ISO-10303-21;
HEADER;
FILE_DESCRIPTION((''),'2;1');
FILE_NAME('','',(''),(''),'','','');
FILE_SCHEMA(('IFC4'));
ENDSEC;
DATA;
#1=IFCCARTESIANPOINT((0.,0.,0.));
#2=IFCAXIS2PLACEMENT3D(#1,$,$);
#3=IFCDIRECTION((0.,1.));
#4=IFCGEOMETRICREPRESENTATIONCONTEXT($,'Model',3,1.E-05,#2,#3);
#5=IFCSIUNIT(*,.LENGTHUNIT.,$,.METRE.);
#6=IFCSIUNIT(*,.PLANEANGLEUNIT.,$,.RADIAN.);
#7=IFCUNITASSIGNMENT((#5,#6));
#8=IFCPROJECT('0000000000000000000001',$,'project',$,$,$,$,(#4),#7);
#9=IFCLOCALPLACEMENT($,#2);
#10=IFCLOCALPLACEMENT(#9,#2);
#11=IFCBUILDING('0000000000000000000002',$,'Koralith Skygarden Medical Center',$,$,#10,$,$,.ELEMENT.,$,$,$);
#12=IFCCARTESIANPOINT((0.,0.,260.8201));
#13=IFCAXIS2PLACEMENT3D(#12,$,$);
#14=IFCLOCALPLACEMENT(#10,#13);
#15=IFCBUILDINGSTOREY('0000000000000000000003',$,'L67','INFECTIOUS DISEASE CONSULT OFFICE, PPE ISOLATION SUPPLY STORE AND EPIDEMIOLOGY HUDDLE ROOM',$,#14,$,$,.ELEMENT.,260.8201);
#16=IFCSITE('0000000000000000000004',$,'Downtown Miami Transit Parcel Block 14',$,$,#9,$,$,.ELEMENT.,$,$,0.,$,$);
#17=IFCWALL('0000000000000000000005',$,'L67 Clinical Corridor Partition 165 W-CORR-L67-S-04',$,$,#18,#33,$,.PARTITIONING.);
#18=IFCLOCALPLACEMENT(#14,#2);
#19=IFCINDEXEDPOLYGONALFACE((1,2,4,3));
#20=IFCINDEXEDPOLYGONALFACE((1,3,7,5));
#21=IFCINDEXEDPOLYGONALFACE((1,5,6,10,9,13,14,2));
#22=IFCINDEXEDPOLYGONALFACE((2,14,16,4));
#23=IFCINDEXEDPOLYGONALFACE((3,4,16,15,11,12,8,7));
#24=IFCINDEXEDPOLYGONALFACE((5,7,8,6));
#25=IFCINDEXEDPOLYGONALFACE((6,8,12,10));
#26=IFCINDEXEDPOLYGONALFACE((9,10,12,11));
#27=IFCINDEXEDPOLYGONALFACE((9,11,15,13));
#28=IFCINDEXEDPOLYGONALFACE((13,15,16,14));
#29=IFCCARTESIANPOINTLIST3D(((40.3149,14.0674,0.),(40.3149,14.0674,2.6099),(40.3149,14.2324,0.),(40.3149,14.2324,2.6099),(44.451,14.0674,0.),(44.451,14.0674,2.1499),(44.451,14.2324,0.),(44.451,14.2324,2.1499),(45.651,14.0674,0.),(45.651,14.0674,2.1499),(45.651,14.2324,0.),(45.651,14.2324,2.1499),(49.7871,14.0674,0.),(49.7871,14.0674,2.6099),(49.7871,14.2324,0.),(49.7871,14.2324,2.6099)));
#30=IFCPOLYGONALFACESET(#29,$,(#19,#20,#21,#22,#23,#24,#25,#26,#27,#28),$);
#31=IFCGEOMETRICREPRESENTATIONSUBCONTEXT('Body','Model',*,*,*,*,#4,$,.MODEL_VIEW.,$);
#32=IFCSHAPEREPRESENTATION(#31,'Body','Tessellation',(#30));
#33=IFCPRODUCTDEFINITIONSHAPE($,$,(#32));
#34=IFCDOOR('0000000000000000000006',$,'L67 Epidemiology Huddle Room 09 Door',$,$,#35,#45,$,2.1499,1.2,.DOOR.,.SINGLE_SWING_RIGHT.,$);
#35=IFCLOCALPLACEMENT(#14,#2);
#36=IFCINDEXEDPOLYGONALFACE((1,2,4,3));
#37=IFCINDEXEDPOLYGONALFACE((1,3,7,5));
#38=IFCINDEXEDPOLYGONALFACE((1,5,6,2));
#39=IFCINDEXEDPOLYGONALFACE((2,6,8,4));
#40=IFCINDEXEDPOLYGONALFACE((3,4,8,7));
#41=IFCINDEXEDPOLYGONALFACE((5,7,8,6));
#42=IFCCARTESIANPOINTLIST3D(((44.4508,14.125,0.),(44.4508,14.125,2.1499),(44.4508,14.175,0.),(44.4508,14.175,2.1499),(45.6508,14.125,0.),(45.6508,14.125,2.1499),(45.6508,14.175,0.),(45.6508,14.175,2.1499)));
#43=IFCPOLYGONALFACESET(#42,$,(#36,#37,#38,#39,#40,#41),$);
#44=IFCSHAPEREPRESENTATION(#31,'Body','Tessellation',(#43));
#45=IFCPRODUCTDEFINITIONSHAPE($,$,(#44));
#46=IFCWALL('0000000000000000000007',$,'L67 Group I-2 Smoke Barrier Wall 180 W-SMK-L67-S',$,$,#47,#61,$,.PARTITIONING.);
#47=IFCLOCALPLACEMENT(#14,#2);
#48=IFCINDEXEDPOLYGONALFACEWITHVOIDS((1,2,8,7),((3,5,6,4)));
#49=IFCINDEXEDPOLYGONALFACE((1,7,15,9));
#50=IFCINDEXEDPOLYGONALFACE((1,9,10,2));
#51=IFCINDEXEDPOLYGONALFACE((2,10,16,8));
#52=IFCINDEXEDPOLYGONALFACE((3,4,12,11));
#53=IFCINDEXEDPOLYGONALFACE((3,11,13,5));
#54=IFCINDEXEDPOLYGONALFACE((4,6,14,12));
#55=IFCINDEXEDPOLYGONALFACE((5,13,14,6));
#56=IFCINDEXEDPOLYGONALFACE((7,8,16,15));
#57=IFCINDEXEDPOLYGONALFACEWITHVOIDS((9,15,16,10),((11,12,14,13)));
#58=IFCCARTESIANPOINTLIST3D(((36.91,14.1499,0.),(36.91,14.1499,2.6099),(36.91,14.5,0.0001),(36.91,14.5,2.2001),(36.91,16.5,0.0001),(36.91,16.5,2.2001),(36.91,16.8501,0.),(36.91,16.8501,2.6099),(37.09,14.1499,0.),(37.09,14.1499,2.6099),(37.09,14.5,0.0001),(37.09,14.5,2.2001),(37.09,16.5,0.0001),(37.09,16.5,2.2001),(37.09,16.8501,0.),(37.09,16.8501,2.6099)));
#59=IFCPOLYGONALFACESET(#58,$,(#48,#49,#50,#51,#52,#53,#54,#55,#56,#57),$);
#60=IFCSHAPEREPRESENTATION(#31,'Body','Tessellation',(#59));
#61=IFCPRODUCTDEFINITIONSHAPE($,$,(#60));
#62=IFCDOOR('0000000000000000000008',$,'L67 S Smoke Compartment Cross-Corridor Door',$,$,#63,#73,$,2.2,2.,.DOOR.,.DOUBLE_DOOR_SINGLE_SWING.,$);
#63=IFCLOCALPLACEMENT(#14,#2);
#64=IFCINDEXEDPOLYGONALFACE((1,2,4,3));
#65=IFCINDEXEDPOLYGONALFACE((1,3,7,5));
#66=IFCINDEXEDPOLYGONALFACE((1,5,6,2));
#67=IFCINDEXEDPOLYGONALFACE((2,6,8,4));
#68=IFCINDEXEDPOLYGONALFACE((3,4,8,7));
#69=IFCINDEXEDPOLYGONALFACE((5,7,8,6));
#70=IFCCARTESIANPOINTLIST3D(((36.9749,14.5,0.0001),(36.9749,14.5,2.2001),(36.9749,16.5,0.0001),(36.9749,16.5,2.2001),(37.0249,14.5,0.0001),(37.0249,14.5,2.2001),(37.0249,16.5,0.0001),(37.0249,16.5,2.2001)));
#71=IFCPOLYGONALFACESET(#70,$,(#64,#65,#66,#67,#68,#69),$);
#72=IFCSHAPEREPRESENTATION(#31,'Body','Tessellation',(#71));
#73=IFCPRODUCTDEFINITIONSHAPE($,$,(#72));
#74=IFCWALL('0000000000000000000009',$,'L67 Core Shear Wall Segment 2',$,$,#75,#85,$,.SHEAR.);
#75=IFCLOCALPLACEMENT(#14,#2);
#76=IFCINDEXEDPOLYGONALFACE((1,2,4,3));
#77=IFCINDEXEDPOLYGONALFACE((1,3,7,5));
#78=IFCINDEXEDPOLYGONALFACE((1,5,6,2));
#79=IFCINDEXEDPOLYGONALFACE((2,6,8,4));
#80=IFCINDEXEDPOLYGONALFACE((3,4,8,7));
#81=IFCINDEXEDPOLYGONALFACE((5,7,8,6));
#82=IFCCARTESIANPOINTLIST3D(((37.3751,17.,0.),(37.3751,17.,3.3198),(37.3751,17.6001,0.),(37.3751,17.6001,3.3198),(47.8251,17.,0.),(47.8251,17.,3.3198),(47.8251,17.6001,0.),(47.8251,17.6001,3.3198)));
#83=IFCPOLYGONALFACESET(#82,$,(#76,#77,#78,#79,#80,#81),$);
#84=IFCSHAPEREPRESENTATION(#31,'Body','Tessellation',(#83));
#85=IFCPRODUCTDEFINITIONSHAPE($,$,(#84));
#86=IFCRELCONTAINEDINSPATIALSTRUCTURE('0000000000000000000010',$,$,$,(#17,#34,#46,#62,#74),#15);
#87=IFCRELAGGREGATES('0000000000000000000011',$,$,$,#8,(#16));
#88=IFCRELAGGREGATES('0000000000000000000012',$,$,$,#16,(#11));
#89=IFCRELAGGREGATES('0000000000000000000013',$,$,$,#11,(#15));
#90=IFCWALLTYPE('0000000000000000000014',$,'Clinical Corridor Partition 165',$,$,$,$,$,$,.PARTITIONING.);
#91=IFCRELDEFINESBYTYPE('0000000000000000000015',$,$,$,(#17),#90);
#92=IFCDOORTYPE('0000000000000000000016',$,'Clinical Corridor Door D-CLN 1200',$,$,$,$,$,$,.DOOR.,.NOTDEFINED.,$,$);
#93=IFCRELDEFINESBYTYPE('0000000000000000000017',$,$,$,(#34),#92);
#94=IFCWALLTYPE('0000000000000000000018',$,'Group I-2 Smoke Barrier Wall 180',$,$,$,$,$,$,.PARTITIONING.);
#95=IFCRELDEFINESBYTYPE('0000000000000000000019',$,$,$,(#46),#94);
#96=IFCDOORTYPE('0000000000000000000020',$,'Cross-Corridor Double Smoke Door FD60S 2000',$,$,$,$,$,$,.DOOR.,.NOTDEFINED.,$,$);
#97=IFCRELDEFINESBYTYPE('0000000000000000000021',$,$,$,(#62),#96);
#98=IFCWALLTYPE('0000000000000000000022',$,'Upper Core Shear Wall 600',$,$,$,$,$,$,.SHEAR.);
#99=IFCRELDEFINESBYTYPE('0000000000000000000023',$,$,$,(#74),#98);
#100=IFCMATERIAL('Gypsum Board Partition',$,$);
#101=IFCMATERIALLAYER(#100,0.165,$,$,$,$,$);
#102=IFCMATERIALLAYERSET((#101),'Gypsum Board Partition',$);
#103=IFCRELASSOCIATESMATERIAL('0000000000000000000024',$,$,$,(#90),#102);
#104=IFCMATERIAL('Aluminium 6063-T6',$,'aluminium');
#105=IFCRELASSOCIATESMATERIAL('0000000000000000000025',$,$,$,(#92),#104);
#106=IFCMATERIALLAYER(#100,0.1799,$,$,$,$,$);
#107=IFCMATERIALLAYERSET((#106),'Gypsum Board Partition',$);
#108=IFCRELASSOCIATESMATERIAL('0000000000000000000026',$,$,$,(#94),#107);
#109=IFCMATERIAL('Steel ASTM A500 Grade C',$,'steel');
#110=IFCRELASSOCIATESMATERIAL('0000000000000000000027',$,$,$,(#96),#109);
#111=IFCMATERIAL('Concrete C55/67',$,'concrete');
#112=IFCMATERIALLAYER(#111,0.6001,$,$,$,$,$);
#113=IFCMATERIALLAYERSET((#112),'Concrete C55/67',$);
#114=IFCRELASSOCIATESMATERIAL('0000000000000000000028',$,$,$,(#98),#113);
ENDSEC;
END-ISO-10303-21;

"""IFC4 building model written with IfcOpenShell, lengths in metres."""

from ifc_helpers import new_model, si_unit, direction, frame, frame_2d, origin, place, context, subcontext, project, spatial, rectangle, extrude, material, layer, layer_set, type_object, element, fill, save


model = new_model("IFC4")

# Units and contexts
model_context = context("Model", 3, precision=1e-05, world=origin(), true_north=direction((0.0, 1.0)))
body_context = subcontext(model_context, "Body", "Model", "MODEL_VIEW")
ifc_project = project(units=[si_unit("LENGTHUNIT", "METRE"), si_unit("PLANEANGLEUNIT", "RADIAN")], contexts=[model_context])

# Site, building, storey
site_placement = place(None, origin())
site = spatial("IfcSite", under=ifc_project, at=site_placement, Name="Downtown Miami Transit Parcel Block 14", CompositionType="ELEMENT", RefElevation=0.0)
building_placement = place(site_placement, origin())
building = spatial("IfcBuilding", under=site, at=building_placement, Name="Koralith Skygarden Medical Center", CompositionType="ELEMENT")
storey_placement = place(building_placement, frame((0.0, 0.0, 260.8201)))
storey = spatial("IfcBuildingStorey", under=building, at=storey_placement, Name="L67", Description="INFECTIOUS DISEASE CONSULT OFFICE, PPE ISOLATION SUPPLY STORE AND EPIDEMIOLOGY HUDDLE ROOM", CompositionType="ELEMENT", Elevation=260.8201)

# Shared definitions
ifc_material_1 = material(Name="Concrete C55/67", Category="concrete")

# Shared definitions
ifc_material_2 = material(Name="Aluminium 6063-T6", Category="aluminium")

# Shared definitions
ifc_material_3 = material(Name="Gypsum Board Partition")
ifc_layer_1 = layer(ifc_material_3, 0.165)
ifc_layer_set_1 = layer_set([ifc_layer_1], Name="Gypsum Board Partition")
wall_type_1 = type_object("IfcWallType", Name="Clinical Corridor Partition 165", PredefinedType="PARTITIONING", material=ifc_layer_set_1)

# Walls, openings, doors
wall_1_placement = place(storey_placement, frame((40.3149, 14.1499, 0.0), z_axis=(0.0, 0.0, 1.0), x_axis=(1.0, 0.0, 0.0)))
wall_1 = element("IfcWall", 1, at=wall_1_placement, inside=storey, type_object=wall_type_1, Name="L67 Clinical Corridor Partition 165 W-CORR-L67-S-04", PredefinedType="PARTITIONING", context=body_context, shape_type="SweptSolid", body=[
    extrude(rectangle(XDim=9.4722, YDim=0.165, at=frame_2d((4.7361, 0.0))), origin(), (0.0, 0.0, 1.0), 2.6099),
])
opening_1_placement = place(wall_1_placement, frame((4.136, 0.0, 0.0)))
opening_1 = element("IfcOpeningElement", 2, at=opening_1_placement, cuts=wall_1, PredefinedType="OPENING", context=body_context, shape_type="SweptSolid", body=[
    extrude(rectangle(XDim=1.2, YDim=2.1499, at=frame_2d((0.6001, 1.075))), frame((0.0, 0.0925, 0.0), z_axis=(0.0, -1.0, 0.0), x_axis=(1.0, 0.0, 0.0)), (0.0, 0.0, 1.0), 0.1851),
])
door_type_1 = type_object("IfcDoorType", Name="Clinical Corridor Door D-CLN 1200", OperationType="NOTDEFINED", PredefinedType="DOOR", material=ifc_material_2)
door_1_placement = place(opening_1_placement, frame((1.2, 0.0, 0.0), z_axis=(0.0, 0.0, 1.0), x_axis=(-1.0, 0.0, 0.0)))
door_1 = element("IfcDoor", 3, at=door_1_placement, inside=storey, type_object=door_type_1, Name="L67 Epidemiology Huddle Room 09 Door", OperationType="SINGLE_SWING_RIGHT", OverallHeight=2.1499, OverallWidth=1.2, PredefinedType="DOOR", context=body_context, shape_type="SweptSolid", body=[
    extrude(rectangle(XDim=1.2, YDim=2.1499, at=frame_2d((0.6001, 1.075))), frame((0.0, 0.0249, 0.0), z_axis=(0.0, -1.0, 0.0), x_axis=(1.0, 0.0, 0.0)), (0.0, 0.0, 1.0), 0.05),
])
fill(opening_1, door_1)
ifc_layer_2 = layer(ifc_material_3, 0.1799)
ifc_layer_set_2 = layer_set([ifc_layer_2], Name="Gypsum Board Partition")
wall_type_2 = type_object("IfcWallType", Name="Group I-2 Smoke Barrier Wall 180", PredefinedType="PARTITIONING", material=ifc_layer_set_2)
wall_2_placement = place(storey_placement, frame((37.0, 14.1499, 0.0), z_axis=(0.0, 0.0, 1.0), x_axis=(0.0, 1.0, 0.0)))
wall_2 = element("IfcWall", 4, at=wall_2_placement, inside=storey, type_object=wall_type_2, Name="L67 Group I-2 Smoke Barrier Wall 180 W-SMK-L67-S", PredefinedType="PARTITIONING", context=body_context, shape_type="SweptSolid", body=[
    extrude(rectangle(XDim=2.7002, YDim=0.1799, at=frame_2d((1.3501, 0.0))), origin(), (0.0, 0.0, 1.0), 2.6099),
])
opening_2_placement = place(wall_2_placement, frame((0.3501, 0.0, 0.0)))
opening_2 = element("IfcOpeningElement", 5, at=opening_2_placement, cuts=wall_2, PredefinedType="OPENING", context=body_context, shape_type="SweptSolid", body=[
    extrude(rectangle(XDim=2.0, YDim=2.2, at=frame_2d((1.0, 1.1001))), frame((0.0, 0.0999, 0.0), z_axis=(0.0, -1.0, 0.0), x_axis=(1.0, 0.0, 0.0)), (0.0, 0.0, 1.0), 0.2),
])
ifc_material_4 = material(Name="Steel ASTM A500 Grade C", Category="steel")
door_type_2 = type_object("IfcDoorType", Name="Cross-Corridor Double Smoke Door FD60S 2000", OperationType="NOTDEFINED", PredefinedType="DOOR", material=ifc_material_4)
door_2_placement = place(opening_2_placement, frame((2.0, 0.0, 0.0), z_axis=(0.0, 0.0, 1.0), x_axis=(-1.0, 0.0, 0.0)))
door_2 = element("IfcDoor", 6, at=door_2_placement, inside=storey, type_object=door_type_2, Name="L67 S Smoke Compartment Cross-Corridor Door", OperationType="DOUBLE_DOOR_SINGLE_SWING", OverallHeight=2.2, OverallWidth=2.0, PredefinedType="DOOR", context=body_context, shape_type="SweptSolid", body=[
    extrude(rectangle(XDim=2.0, YDim=2.2, at=frame_2d((1.0, 1.1001))), frame((0.0, 0.0249, 0.0), z_axis=(0.0, -1.0, 0.0), x_axis=(1.0, 0.0, 0.0)), (0.0, 0.0, 1.0), 0.05),
])
fill(opening_2, door_2)

# Wall
ifc_layer_3 = layer(ifc_material_1, 0.6001)
ifc_layer_set_3 = layer_set([ifc_layer_3], Name="Concrete C55/67")
wall_type_3 = type_object("IfcWallType", Name="Upper Core Shear Wall 600", PredefinedType="SHEAR", material=ifc_layer_set_3)
wall_3_placement = place(storey_placement, frame((37.375, 17.3, 0.0), z_axis=(0.0, 0.0, 1.0), x_axis=(1.0, 0.0, 0.0)))
element("IfcWall", 7, at=wall_3_placement, inside=storey, type_object=wall_type_3, Name="L67 Core Shear Wall Segment 2", PredefinedType="SHEAR", context=body_context, shape_type="SweptSolid", body=[
    extrude(rectangle(XDim=10.45, YDim=0.6001, at=frame_2d((5.2251, 0.0))), origin(), (0.0, 0.0, 1.0), 3.3198),
])

save(model, "model.ifc")
